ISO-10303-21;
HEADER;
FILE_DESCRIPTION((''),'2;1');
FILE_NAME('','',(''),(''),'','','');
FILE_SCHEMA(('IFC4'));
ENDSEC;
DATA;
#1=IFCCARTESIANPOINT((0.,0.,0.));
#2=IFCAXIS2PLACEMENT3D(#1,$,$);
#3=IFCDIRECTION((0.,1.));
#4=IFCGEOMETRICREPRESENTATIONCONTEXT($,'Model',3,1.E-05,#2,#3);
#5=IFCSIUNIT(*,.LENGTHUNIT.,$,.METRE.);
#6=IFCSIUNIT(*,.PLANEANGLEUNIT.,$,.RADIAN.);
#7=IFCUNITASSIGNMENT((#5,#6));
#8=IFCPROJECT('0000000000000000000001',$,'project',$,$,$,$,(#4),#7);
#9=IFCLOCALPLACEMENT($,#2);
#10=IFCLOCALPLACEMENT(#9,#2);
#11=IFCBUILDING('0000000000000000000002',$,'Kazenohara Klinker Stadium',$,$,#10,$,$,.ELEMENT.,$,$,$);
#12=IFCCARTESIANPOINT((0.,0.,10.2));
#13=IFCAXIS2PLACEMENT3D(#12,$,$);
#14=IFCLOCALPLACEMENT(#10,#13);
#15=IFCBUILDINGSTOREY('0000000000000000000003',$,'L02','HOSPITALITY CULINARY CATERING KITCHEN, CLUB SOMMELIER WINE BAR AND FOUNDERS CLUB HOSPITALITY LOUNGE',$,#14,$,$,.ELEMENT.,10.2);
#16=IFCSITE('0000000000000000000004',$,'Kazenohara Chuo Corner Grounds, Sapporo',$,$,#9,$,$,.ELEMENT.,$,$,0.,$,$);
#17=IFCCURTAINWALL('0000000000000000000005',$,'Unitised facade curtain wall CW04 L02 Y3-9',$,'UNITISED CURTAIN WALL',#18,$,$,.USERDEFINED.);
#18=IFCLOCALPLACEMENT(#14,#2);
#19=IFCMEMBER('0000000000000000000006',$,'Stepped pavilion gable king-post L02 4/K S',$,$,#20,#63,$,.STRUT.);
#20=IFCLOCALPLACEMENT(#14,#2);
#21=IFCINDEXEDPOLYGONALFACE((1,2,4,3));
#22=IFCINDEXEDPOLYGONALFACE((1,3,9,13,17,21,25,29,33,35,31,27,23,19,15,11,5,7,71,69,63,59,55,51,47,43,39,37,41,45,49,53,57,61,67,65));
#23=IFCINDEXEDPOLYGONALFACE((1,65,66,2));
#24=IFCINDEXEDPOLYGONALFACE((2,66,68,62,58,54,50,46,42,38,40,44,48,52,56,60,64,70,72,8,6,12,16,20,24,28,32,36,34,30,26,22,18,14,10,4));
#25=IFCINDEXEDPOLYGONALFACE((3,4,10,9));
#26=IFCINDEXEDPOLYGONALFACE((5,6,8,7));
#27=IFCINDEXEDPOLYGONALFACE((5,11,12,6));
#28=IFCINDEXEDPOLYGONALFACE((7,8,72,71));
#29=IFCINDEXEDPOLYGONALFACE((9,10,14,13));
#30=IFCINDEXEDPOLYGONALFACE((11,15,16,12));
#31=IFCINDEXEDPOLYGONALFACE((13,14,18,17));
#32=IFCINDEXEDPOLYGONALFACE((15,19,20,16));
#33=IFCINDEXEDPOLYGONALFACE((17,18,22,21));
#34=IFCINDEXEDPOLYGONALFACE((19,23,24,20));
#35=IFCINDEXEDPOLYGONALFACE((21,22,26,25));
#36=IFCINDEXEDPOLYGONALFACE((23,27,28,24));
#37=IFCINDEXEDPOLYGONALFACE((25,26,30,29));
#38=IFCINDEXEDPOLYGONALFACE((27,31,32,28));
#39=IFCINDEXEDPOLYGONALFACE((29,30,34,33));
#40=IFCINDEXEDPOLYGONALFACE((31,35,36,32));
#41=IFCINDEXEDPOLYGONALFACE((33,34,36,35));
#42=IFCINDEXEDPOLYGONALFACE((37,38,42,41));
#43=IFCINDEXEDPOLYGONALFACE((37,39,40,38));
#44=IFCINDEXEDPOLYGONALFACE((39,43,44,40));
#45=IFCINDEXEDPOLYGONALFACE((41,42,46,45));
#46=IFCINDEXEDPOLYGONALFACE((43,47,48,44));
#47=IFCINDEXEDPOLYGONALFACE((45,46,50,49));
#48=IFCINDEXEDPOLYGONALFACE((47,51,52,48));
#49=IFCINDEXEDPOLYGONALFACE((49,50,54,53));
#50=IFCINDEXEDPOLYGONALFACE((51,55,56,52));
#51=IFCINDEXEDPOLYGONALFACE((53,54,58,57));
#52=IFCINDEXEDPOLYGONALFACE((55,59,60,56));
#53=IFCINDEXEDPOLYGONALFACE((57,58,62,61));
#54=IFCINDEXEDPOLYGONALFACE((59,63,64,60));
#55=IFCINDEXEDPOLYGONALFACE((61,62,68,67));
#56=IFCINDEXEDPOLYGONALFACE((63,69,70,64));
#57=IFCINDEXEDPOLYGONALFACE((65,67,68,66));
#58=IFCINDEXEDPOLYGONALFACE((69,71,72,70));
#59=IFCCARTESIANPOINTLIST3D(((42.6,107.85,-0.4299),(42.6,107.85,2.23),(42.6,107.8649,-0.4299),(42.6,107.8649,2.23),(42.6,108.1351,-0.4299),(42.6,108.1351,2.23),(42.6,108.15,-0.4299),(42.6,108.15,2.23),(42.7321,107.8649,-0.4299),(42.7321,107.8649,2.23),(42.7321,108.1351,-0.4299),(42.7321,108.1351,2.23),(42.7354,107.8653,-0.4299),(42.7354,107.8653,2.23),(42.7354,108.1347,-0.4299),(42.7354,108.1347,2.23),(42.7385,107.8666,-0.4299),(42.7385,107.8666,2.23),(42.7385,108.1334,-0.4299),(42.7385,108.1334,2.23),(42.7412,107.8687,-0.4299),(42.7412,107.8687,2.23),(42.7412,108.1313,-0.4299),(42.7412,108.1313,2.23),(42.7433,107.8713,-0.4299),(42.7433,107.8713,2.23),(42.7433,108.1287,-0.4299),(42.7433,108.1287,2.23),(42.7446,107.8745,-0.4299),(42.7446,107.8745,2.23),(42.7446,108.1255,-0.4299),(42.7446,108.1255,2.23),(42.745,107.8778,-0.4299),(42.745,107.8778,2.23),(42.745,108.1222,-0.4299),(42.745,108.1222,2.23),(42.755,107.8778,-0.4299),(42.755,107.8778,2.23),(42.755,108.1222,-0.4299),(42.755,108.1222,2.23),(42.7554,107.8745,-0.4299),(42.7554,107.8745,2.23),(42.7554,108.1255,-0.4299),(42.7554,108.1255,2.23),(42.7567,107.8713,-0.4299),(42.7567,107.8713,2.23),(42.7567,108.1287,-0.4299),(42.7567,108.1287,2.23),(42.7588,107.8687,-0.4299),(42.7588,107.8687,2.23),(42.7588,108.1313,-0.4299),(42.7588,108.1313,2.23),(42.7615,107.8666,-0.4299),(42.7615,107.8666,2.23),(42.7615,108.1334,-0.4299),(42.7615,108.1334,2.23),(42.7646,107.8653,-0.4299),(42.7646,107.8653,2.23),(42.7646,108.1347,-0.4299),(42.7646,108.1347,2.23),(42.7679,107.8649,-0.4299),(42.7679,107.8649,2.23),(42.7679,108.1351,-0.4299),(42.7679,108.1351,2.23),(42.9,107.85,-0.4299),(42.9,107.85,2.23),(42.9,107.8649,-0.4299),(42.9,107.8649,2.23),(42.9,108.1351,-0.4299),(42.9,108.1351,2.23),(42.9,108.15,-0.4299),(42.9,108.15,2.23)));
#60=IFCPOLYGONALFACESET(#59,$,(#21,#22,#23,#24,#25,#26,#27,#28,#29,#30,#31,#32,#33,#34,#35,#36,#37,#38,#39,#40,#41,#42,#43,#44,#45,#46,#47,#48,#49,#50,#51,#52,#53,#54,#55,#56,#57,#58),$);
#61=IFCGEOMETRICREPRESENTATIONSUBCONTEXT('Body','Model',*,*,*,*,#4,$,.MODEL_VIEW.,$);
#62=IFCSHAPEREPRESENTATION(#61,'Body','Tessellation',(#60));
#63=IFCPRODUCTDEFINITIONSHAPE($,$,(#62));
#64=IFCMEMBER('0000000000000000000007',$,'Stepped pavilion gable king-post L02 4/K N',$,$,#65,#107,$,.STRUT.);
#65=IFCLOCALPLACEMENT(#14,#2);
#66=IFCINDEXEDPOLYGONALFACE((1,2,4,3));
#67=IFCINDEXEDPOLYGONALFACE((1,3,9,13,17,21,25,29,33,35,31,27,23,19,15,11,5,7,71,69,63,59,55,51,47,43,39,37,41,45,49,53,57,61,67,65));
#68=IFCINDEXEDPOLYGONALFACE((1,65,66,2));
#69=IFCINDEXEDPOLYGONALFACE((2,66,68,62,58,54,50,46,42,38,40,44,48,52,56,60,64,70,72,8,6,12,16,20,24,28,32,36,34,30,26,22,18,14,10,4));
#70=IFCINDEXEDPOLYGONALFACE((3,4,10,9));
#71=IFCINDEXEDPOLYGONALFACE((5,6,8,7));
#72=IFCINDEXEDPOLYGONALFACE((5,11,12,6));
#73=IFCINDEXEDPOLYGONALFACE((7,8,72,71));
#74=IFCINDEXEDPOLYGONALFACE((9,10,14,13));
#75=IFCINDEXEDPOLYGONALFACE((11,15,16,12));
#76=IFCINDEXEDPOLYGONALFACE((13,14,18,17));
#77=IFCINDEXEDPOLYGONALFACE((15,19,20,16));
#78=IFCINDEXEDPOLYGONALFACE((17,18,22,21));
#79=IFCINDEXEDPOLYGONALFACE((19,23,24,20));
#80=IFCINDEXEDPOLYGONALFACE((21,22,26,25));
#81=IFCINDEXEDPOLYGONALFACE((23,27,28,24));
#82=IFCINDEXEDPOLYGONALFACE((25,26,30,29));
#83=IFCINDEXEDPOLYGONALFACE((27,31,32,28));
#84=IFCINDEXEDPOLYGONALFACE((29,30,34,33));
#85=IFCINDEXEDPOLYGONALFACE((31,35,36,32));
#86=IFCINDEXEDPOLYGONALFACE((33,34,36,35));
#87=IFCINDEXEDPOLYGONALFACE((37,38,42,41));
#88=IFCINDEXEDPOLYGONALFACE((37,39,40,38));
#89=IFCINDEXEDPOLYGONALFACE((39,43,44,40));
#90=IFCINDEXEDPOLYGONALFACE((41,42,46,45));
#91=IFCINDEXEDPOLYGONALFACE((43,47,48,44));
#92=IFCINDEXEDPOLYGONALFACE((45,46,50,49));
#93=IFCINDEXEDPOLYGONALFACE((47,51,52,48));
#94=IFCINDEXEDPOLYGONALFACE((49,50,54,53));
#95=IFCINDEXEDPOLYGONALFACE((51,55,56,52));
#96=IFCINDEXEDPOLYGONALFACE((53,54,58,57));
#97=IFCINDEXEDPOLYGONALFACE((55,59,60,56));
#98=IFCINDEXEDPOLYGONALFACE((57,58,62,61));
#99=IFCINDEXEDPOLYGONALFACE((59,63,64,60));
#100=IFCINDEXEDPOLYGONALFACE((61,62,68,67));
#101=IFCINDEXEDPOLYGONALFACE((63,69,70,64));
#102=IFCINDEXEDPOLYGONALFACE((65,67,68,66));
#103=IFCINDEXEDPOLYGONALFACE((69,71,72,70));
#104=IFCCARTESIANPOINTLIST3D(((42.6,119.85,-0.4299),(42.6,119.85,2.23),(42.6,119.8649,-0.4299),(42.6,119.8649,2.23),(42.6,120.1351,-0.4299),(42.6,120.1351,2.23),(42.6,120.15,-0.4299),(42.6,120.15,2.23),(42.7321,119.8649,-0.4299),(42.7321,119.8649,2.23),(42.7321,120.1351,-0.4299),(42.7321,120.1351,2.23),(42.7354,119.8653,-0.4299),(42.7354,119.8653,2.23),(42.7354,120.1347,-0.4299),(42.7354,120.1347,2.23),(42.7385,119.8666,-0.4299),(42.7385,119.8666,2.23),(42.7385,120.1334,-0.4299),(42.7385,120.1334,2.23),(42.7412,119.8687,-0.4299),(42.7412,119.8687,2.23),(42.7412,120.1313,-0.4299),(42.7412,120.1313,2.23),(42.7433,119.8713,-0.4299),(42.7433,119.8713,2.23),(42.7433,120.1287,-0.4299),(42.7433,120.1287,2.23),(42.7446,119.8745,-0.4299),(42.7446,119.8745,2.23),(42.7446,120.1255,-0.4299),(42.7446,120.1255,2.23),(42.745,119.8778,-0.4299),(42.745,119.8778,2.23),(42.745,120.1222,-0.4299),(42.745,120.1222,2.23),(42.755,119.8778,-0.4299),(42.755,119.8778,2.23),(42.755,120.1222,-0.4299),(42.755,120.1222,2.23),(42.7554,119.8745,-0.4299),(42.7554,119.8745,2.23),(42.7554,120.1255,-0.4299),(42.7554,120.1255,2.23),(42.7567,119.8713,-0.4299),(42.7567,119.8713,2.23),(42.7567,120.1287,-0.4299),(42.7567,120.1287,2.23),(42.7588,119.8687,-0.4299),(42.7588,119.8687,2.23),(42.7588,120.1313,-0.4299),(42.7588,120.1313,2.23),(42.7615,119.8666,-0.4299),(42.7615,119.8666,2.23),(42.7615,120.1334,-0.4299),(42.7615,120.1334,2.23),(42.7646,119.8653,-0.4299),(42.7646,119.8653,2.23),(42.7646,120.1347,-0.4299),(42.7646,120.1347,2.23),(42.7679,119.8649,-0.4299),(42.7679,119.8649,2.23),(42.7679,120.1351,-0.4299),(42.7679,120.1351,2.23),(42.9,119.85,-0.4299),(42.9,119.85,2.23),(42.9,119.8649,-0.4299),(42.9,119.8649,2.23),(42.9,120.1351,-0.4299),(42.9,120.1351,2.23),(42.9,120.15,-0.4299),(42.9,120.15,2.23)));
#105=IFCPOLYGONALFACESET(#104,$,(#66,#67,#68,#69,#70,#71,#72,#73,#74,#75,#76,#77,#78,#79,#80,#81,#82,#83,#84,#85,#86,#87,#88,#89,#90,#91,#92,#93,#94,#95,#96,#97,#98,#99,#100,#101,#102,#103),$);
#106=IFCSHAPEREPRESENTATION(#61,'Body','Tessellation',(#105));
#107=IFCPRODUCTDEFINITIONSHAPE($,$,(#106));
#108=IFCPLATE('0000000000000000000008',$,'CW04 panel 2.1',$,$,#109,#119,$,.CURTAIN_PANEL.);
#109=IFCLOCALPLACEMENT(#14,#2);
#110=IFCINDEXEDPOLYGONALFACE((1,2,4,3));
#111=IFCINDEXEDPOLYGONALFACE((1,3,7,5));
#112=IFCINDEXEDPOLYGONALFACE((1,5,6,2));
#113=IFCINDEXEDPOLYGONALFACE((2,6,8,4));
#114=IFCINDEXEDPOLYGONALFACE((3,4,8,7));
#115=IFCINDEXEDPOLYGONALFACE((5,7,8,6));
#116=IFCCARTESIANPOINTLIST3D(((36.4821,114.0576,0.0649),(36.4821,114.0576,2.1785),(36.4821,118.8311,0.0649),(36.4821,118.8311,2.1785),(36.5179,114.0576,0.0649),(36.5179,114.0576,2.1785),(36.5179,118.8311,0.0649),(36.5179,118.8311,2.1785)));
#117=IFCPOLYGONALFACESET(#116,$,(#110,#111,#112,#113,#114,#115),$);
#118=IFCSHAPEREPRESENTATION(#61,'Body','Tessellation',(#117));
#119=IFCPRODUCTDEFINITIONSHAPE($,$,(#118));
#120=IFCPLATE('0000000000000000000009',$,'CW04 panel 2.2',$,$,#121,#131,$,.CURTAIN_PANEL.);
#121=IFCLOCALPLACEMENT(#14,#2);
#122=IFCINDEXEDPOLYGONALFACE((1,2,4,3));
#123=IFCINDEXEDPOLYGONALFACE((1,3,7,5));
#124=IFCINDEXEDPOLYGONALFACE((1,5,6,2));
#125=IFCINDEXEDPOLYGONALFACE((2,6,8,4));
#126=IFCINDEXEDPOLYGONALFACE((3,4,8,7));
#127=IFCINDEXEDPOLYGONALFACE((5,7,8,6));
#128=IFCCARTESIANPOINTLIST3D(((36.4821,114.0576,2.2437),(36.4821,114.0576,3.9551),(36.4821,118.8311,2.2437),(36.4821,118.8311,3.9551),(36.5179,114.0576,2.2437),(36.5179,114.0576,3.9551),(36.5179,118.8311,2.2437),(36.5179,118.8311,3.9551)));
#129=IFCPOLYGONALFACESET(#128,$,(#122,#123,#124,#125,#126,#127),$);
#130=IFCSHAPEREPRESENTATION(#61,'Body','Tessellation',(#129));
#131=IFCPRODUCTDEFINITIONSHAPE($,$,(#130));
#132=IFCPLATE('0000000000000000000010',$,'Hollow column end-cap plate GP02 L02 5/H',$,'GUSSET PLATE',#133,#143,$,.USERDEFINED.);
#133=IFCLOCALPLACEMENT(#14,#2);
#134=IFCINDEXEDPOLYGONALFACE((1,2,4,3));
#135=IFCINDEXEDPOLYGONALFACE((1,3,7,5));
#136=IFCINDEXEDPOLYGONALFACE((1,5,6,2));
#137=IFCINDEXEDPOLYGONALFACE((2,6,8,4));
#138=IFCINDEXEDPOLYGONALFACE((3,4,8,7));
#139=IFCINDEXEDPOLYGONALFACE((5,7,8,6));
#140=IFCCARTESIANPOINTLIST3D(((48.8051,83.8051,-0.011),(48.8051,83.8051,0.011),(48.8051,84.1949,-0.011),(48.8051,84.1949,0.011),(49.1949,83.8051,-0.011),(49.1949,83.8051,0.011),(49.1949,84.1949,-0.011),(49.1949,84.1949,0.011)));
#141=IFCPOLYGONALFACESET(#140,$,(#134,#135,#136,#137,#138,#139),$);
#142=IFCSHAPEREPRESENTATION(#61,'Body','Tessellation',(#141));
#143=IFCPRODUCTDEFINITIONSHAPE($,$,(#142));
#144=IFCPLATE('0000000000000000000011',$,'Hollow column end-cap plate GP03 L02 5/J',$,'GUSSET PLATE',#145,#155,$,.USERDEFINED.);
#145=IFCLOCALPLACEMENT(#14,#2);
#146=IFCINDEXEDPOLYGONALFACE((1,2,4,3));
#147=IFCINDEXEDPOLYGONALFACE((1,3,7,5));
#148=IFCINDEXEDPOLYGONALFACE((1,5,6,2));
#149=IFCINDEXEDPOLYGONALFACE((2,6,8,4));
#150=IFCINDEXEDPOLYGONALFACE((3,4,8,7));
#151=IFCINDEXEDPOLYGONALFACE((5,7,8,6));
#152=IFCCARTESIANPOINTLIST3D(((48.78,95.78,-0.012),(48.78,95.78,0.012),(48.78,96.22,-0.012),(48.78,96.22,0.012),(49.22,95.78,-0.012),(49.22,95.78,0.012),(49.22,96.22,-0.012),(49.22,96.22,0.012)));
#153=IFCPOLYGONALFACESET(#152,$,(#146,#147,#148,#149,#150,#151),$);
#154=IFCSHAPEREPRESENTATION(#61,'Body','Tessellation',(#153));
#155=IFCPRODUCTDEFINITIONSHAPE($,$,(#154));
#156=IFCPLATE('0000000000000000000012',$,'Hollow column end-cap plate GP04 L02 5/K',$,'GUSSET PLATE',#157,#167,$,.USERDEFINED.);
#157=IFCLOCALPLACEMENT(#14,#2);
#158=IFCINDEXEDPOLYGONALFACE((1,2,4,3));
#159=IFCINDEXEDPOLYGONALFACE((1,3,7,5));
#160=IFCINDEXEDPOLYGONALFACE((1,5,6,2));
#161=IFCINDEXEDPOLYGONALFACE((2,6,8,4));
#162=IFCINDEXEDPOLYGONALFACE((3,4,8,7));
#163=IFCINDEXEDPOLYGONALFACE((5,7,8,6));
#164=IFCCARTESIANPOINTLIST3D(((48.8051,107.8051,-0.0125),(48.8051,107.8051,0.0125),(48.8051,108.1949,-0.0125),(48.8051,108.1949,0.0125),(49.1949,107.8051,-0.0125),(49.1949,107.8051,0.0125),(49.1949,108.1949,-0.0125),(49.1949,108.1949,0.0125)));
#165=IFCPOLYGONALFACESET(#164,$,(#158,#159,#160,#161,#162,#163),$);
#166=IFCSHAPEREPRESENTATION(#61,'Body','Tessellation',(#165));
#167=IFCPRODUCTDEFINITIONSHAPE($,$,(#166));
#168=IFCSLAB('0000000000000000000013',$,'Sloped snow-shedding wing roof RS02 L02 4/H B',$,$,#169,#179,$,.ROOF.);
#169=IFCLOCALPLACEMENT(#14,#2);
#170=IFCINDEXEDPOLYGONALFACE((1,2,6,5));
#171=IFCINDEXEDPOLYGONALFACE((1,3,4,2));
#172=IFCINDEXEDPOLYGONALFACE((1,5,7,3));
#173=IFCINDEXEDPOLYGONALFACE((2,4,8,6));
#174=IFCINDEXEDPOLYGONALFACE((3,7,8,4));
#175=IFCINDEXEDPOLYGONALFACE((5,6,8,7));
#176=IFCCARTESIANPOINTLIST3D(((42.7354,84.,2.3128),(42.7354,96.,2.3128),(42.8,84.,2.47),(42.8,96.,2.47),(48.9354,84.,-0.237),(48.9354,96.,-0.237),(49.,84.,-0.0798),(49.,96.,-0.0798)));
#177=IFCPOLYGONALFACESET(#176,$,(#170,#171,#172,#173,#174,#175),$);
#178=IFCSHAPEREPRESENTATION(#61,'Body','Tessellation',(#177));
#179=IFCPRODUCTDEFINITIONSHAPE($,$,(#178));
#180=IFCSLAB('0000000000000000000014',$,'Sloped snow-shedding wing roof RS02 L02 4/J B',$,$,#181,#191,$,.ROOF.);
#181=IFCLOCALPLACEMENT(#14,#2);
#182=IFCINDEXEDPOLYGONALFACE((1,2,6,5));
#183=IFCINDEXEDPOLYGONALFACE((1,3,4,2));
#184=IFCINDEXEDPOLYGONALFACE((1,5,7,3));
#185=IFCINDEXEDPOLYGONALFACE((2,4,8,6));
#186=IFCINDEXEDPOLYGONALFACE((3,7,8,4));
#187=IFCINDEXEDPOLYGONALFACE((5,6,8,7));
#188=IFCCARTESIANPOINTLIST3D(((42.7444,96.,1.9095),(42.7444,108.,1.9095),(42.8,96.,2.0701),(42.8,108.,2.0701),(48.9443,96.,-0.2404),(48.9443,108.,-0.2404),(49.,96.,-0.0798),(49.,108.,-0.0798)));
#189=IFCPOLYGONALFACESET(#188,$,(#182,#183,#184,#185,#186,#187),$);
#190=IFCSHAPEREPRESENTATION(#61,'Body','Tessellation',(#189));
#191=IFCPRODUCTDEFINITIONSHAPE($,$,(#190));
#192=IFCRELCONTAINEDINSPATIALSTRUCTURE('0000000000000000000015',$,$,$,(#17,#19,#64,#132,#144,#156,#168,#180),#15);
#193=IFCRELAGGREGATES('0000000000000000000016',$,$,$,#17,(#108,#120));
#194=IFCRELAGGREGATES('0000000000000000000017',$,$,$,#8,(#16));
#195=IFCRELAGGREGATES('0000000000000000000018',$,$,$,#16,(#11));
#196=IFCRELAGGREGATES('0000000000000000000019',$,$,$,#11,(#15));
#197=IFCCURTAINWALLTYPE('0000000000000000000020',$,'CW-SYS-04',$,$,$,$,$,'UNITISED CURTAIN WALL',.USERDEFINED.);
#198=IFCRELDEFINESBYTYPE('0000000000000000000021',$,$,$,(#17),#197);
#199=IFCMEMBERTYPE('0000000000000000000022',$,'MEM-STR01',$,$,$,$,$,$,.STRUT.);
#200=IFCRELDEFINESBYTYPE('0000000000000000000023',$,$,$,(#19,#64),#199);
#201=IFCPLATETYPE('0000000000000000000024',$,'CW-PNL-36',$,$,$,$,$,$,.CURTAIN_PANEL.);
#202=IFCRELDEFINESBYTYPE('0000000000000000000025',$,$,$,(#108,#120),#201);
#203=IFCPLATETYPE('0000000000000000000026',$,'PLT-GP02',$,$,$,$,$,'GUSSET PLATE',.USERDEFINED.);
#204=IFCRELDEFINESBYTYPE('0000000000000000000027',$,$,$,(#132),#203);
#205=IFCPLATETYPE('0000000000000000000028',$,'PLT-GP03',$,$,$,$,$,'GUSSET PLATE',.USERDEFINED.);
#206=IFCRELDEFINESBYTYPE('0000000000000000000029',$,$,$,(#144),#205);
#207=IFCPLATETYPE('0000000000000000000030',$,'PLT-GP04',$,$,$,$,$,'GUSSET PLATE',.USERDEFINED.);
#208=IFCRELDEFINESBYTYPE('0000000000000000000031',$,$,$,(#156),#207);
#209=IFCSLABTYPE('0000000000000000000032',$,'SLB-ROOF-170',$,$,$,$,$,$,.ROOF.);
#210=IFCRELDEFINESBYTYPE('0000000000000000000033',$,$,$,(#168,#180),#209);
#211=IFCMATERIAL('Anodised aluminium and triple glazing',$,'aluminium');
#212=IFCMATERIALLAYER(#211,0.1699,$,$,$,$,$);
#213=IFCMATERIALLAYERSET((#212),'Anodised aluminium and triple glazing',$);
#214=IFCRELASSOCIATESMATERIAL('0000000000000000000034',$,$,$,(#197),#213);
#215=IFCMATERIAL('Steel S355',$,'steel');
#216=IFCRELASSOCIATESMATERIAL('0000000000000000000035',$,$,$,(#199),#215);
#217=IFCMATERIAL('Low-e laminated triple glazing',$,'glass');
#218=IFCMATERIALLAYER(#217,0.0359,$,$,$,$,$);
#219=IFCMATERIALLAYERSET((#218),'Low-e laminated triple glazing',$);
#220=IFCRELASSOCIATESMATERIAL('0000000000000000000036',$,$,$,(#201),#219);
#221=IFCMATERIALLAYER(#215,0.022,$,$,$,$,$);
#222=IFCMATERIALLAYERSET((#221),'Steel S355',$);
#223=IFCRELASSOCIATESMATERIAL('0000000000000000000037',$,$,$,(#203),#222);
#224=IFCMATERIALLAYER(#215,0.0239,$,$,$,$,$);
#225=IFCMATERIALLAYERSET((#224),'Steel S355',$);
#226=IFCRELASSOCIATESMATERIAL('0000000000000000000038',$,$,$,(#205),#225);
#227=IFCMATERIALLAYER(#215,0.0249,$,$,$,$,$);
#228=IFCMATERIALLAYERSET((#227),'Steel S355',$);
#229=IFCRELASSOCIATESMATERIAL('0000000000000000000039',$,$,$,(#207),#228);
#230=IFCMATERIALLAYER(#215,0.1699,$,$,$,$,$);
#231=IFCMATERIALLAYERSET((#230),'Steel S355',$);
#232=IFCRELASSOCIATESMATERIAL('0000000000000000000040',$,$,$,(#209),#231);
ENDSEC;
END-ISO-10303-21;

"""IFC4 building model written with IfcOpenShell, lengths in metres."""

from ifc_helpers import new_model, si_unit, direction, frame, origin, origin_2d, place, context, subcontext, project, spatial, polyline, rectangle, i_section, outline, extrude, material, layer, layer_set, material_profile, profile_set, type_object, element, aggregate, save


model = new_model("IFC4")

# Units and contexts
model_context = context("Model", 3, precision=1e-05, world=origin(), true_north=direction((0.0, 1.0)))
body_context = subcontext(model_context, "Body", "Model", "MODEL_VIEW")
ifc_project = project(units=[si_unit("LENGTHUNIT", "METRE"), si_unit("PLANEANGLEUNIT", "RADIAN")], contexts=[model_context])

# Site, building, storey
site_placement = place(None, origin())
site = spatial("IfcSite", under=ifc_project, at=site_placement, Name="Kazenohara Chuo Corner Grounds, Sapporo", CompositionType="ELEMENT", RefElevation=0.0)
building_placement = place(site_placement, origin())
building = spatial("IfcBuilding", under=site, at=building_placement, Name="Kazenohara Klinker Stadium", CompositionType="ELEMENT")
storey_placement = place(building_placement, frame((0.0, 0.0, 10.2)))
storey = spatial("IfcBuildingStorey", under=building, at=storey_placement, Name="L02", Description="HOSPITALITY CULINARY CATERING KITCHEN, CLUB SOMMELIER WINE BAR AND FOUNDERS CLUB HOSPITALITY LOUNGE", CompositionType="ELEMENT", Elevation=10.2)

# Shared definitions
ifc_material_1 = material(Name="Steel S355", Category="steel")

# Curtain wall
ifc_material_2 = material(Name="Anodised aluminium and triple glazing", Category="aluminium")
ifc_layer_1 = layer(ifc_material_2, 0.1699)
ifc_layer_set_1 = layer_set([ifc_layer_1], Name="Anodised aluminium and triple glazing")
curtain_wall_type = type_object("IfcCurtainWallType", Name="CW-SYS-04", ElementType="UNITISED CURTAIN WALL", PredefinedType="USERDEFINED", material=ifc_layer_set_1)
curtain_wall_placement = place(storey_placement, origin())
curtain_wall = element("IfcCurtainWall", 1, at=curtain_wall_placement, inside=storey, type_object=curtain_wall_type, Name="Unitised facade curtain wall CW04 L02 Y3-9", ObjectType="UNITISED CURTAIN WALL", PredefinedType="USERDEFINED")

# Members
ifc_material_profile_1 = material_profile(ifc_material_1, i_section(OverallWidth=0.3, OverallDepth=0.3, WebThickness=0.01, FlangeThickness=0.0149, FilletRadius=0.0129, at=origin_2d()), Name="H-300x300x10x15")
ifc_profile_set_1 = profile_set([ifc_material_profile_1], Name="Steel S355")
member_type_1 = type_object("IfcMemberType", Name="MEM-STR01", PredefinedType="STRUT", material=ifc_profile_set_1)
for number, where, z_axis, x_axis, name in (
    (2, (42.75, 108.0, -0.4299), (0.0, 0.0, 1.0), (1.0, 0.0, 0.0), "Stepped pavilion gable king-post L02 4/K S"),
    (3, (42.75, 120.0, -0.4299), (0.0, 0.0, 1.0), (1.0, 0.0, 0.0), "Stepped pavilion gable king-post L02 4/K N"),
):
    element("IfcMember", number, at=place(storey_placement, frame(where, z_axis=z_axis, x_axis=x_axis)), inside=storey, type_object=member_type_1, Name=name, PredefinedType="STRUT", context=body_context, shape_type="SweptSolid", body=[
        extrude(i_section(OverallWidth=0.3, OverallDepth=0.3, WebThickness=0.01, FlangeThickness=0.0149, FilletRadius=0.0129, at=origin_2d()), origin(), (0.0, 0.0, 1.0), 2.6599),
    ])

# Plates
ifc_material_3 = material(Name="Low-e laminated triple glazing", Category="glass")
ifc_layer_2 = layer(ifc_material_3, 0.0359)
ifc_layer_set_2 = layer_set([ifc_layer_2], Name="Low-e laminated triple glazing")
plate_type_1 = type_object("IfcPlateType", Name="CW-PNL-36", PredefinedType="CURTAIN_PANEL", material=ifc_layer_set_2)
plate_1_placement = place(storey_placement, frame((36.5, 116.4443, 0.0649), z_axis=(0.0, 0.0, 1.0), x_axis=(0.0, 1.0, 0.0)))
plate_1 = element("IfcPlate", 4, at=plate_1_placement, type_object=plate_type_1, Name="CW04 panel 2.1", PredefinedType="CURTAIN_PANEL", context=body_context, shape_type="SweptSolid", body=[
    extrude(rectangle(XDim=4.7734, YDim=0.0359, at=origin_2d()), origin(), (0.0, 0.0, 1.0), 2.1135),
])
plate_2_placement = place(storey_placement, frame((36.5, 116.4443, 2.2437), z_axis=(0.0, 0.0, 1.0), x_axis=(0.0, 1.0, 0.0)))
plate_2 = element("IfcPlate", 5, at=plate_2_placement, type_object=plate_type_1, Name="CW04 panel 2.2", PredefinedType="CURTAIN_PANEL", context=body_context, shape_type="SweptSolid", body=[
    extrude(rectangle(XDim=4.7734, YDim=0.0359, at=origin_2d()), origin(), (0.0, 0.0, 1.0), 1.7114),
])
aggregate(curtain_wall, [plate_1, plate_2])

# Plates
ifc_layer_3 = layer(ifc_material_1, 0.022)
ifc_layer_set_3 = layer_set([ifc_layer_3], Name="Steel S355")
plate_type_2 = type_object("IfcPlateType", Name="PLT-GP02", ElementType="GUSSET PLATE", PredefinedType="USERDEFINED", material=ifc_layer_set_3)
plate_3_placement = place(storey_placement, frame((49.0, 84.0, -0.011), z_axis=(0.0, 0.0, 1.0), x_axis=(1.0, 0.0, 0.0)))
element("IfcPlate", 6, at=plate_3_placement, inside=storey, type_object=plate_type_2, Name="Hollow column end-cap plate GP02 L02 5/H", ObjectType="GUSSET PLATE", PredefinedType="USERDEFINED", context=body_context, shape_type="SweptSolid", body=[
    extrude(rectangle(XDim=0.3899, YDim=0.3899, at=origin_2d()), origin(), (0.0, 0.0, 1.0), 0.022),
])
ifc_layer_4 = layer(ifc_material_1, 0.0239)
ifc_layer_set_4 = layer_set([ifc_layer_4], Name="Steel S355")
plate_type_3 = type_object("IfcPlateType", Name="PLT-GP03", ElementType="GUSSET PLATE", PredefinedType="USERDEFINED", material=ifc_layer_set_4)
plate_4_placement = place(storey_placement, frame((49.0, 96.0, -0.012), z_axis=(0.0, 0.0, 1.0), x_axis=(1.0, 0.0, 0.0)))
element("IfcPlate", 7, at=plate_4_placement, inside=storey, type_object=plate_type_3, Name="Hollow column end-cap plate GP03 L02 5/J", ObjectType="GUSSET PLATE", PredefinedType="USERDEFINED", context=body_context, shape_type="SweptSolid", body=[
    extrude(rectangle(XDim=0.4399, YDim=0.4399, at=origin_2d()), origin(), (0.0, 0.0, 1.0), 0.0239),
])
ifc_layer_5 = layer(ifc_material_1, 0.0249)
ifc_layer_set_5 = layer_set([ifc_layer_5], Name="Steel S355")
plate_type_4 = type_object("IfcPlateType", Name="PLT-GP04", ElementType="GUSSET PLATE", PredefinedType="USERDEFINED", material=ifc_layer_set_5)
plate_5_placement = place(storey_placement, frame((49.0, 108.0, -0.0125), z_axis=(0.0, 0.0, 1.0), x_axis=(1.0, 0.0, 0.0)))
element("IfcPlate", 8, at=plate_5_placement, inside=storey, type_object=plate_type_4, Name="Hollow column end-cap plate GP04 L02 5/K", ObjectType="GUSSET PLATE", PredefinedType="USERDEFINED", context=body_context, shape_type="SweptSolid", body=[
    extrude(rectangle(XDim=0.3899, YDim=0.3899, at=origin_2d()), origin(), (0.0, 0.0, 1.0), 0.0249),
])

# Slabs
ifc_layer_6 = layer(ifc_material_1, 0.1699)
ifc_layer_set_6 = layer_set([ifc_layer_6], Name="Steel S355")
slab_type = type_object("IfcSlabType", Name="SLB-ROOF-170", PredefinedType="ROOF", material=ifc_layer_set_6)
slab_1_placement = place(storey_placement, frame((42.8, 84.0, 2.47), z_axis=(0.380352, 0.0, 0.924842), x_axis=(0.924842, 0.0, -0.380352)))
element("IfcSlab", 9, at=slab_1_placement, inside=storey, type_object=slab_type, Name="Sloped snow-shedding wing roof RS02 L02 4/H B", PredefinedType="ROOF", context=body_context, shape_type="SweptSolid", body=[
    extrude(outline(polyline([(0.0, 0.0), (6.7038, 0.0), (6.7038, 12.0), (0.0, 12.0), (0.0, 0.0)])), origin(), (0.0, 0.0, -1.0), 0.1699),
])
slab_2_placement = place(storey_placement, frame((42.8, 96.0, 2.0701), z_axis=(0.327623, 0.0, 0.944809), x_axis=(0.944809, 0.0, -0.327623)))
element("IfcSlab", 10, at=slab_2_placement, inside=storey, type_object=slab_type, Name="Sloped snow-shedding wing roof RS02 L02 4/J B", PredefinedType="ROOF", context=body_context, shape_type="SweptSolid", body=[
    extrude(outline(polyline([(0.0, 0.0), (6.5621, 0.0), (6.5621, 12.0), (0.0, 12.0), (0.0, 0.0)])), origin(), (0.0, 0.0, -1.0), 0.1699),
])

save(model, "model.ifc")
